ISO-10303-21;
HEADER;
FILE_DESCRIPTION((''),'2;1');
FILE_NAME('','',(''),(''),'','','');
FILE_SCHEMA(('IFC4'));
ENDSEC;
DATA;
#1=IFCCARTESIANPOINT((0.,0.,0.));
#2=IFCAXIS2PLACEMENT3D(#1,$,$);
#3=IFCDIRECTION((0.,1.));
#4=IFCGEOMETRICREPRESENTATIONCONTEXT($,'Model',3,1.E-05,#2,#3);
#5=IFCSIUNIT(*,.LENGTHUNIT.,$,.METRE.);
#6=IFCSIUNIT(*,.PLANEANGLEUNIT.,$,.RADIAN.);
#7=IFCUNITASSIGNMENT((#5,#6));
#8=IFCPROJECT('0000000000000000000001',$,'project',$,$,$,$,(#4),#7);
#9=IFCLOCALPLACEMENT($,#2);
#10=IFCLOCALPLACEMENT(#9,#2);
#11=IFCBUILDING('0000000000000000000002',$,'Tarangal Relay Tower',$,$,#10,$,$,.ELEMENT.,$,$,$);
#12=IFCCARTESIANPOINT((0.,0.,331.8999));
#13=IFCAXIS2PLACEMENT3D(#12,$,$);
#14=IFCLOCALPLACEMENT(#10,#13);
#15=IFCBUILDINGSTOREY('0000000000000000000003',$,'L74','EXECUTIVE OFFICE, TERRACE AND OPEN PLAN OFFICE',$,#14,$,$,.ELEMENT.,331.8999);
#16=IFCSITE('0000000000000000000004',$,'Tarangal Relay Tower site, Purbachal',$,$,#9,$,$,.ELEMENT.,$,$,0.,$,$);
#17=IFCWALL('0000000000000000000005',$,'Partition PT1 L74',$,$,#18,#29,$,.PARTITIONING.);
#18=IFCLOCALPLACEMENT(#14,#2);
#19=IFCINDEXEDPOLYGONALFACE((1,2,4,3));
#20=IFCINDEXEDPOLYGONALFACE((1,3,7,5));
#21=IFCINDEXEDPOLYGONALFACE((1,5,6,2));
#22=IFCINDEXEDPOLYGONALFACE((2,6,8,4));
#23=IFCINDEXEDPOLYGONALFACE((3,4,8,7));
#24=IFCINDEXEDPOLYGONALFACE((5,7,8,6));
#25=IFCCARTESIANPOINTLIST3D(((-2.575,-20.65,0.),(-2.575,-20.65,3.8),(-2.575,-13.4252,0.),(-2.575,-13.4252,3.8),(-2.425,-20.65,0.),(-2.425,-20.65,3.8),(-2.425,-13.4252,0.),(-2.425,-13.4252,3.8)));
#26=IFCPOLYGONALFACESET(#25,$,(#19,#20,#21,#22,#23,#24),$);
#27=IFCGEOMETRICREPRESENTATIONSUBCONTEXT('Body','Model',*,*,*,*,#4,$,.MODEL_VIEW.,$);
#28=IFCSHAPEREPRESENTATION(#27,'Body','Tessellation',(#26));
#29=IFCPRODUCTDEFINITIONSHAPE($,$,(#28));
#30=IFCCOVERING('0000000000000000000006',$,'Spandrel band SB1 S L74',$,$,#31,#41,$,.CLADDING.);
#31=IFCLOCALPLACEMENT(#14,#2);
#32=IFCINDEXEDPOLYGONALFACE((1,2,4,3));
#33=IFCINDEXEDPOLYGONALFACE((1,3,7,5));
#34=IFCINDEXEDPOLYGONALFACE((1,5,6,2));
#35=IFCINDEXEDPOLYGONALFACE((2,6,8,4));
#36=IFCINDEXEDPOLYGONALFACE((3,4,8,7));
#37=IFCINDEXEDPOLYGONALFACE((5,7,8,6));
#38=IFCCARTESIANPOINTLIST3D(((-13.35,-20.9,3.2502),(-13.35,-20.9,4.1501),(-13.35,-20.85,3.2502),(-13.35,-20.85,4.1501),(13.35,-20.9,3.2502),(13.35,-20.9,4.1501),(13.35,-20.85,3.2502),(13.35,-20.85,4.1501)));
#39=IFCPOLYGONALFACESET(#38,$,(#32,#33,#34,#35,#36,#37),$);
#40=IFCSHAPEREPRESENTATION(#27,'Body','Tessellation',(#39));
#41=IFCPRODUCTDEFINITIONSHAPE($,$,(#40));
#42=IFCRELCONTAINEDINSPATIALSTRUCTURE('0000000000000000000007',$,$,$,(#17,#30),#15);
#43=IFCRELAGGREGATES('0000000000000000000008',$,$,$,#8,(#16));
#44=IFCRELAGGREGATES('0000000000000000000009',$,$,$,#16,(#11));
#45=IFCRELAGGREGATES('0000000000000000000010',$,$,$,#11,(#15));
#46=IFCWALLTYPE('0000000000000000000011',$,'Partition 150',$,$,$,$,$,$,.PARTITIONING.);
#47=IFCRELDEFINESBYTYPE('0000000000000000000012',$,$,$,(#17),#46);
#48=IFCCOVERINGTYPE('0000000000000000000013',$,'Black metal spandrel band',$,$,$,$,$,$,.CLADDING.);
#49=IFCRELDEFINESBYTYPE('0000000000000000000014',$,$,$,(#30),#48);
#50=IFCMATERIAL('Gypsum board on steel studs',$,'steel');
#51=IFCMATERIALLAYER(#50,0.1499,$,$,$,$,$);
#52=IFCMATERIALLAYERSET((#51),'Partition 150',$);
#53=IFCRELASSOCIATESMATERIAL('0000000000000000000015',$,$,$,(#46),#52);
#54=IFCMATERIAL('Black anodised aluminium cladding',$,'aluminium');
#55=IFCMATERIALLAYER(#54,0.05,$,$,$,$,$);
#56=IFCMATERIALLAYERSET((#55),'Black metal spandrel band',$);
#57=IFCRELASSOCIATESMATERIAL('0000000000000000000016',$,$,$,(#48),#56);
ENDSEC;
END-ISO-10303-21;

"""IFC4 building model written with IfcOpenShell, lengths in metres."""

from ifc_helpers import new_model, si_unit, direction, frame, frame_2d, origin, origin_2d, place, context, subcontext, project, spatial, rectangle, extrude, material, layer, layer_set, type_object, element, save


model = new_model("IFC4")

# Units and contexts
model_context = context("Model", 3, precision=1e-05, world=origin(), true_north=direction((0.0, 1.0)))
body_context = subcontext(model_context, "Body", "Model", "MODEL_VIEW")
ifc_project = project(units=[si_unit("LENGTHUNIT", "METRE"), si_unit("PLANEANGLEUNIT", "RADIAN")], contexts=[model_context])

# Site, building, storey
site_placement = place(None, origin())
site = spatial("IfcSite", under=ifc_project, at=site_placement, Name="Tarangal Relay Tower site, Purbachal", CompositionType="ELEMENT", RefElevation=0.0)
building_placement = place(site_placement, origin())
building = spatial("IfcBuilding", under=site, at=building_placement, Name="Tarangal Relay Tower", CompositionType="ELEMENT")
storey_placement = place(building_placement, frame((0.0, 0.0, 331.8999)))
storey = spatial("IfcBuildingStorey", under=building, at=storey_placement, Name="L74", Description="EXECUTIVE OFFICE, TERRACE AND OPEN PLAN OFFICE", CompositionType="ELEMENT", Elevation=331.8999)

# Wall
ifc_material_1 = material(Name="Gypsum board on steel studs", Category="steel")
ifc_layer_1 = layer(ifc_material_1, 0.1499)
ifc_layer_set_1 = layer_set([ifc_layer_1], Name="Partition 150")
wall_type_1 = type_object("IfcWallType", Name="Partition 150", PredefinedType="PARTITIONING", material=ifc_layer_set_1)
for number, where, z_axis, x_axis, name in (
    (1, (-2.5, -20.6499, 0.0), (0.0, 0.0, 1.0), (0.0, 1.0, 0.0), "Partition PT1 L74"),
):
    element("IfcWall", number, at=place(storey_placement, frame(where, z_axis=z_axis, x_axis=x_axis)), inside=storey, type_object=wall_type_1, Name=name, PredefinedType="PARTITIONING", context=body_context, shape_type="SweptSolid", body=[
        extrude(rectangle(XDim=7.2249, YDim=0.1499, at=frame_2d((3.6123, 0.0))), origin(), (0.0, 0.0, 1.0), 3.8),
    ])

# Covering
ifc_material_2 = material(Name="Black anodised aluminium cladding", Category="aluminium")
ifc_layer_2 = layer(ifc_material_2, 0.05)
ifc_layer_set_2 = layer_set([ifc_layer_2], Name="Black metal spandrel band")
covering_type = type_object("IfcCoveringType", Name="Black metal spandrel band", PredefinedType="CLADDING", material=ifc_layer_set_2)
covering_placement = place(storey_placement, frame((0.0, -20.875, 3.2502), z_axis=(0.0, 0.0, 1.0), x_axis=(-1.0, 0.0, 0.0)))
element("IfcCovering", 2, at=covering_placement, inside=storey, type_object=covering_type, Name="Spandrel band SB1 S L74", PredefinedType="CLADDING", context=body_context, shape_type="SweptSolid", body=[
    extrude(rectangle(XDim=26.7, YDim=0.05, at=origin_2d()), origin(), (0.0, 0.0, 1.0), 0.8999),
])

save(model, "model.ifc")
